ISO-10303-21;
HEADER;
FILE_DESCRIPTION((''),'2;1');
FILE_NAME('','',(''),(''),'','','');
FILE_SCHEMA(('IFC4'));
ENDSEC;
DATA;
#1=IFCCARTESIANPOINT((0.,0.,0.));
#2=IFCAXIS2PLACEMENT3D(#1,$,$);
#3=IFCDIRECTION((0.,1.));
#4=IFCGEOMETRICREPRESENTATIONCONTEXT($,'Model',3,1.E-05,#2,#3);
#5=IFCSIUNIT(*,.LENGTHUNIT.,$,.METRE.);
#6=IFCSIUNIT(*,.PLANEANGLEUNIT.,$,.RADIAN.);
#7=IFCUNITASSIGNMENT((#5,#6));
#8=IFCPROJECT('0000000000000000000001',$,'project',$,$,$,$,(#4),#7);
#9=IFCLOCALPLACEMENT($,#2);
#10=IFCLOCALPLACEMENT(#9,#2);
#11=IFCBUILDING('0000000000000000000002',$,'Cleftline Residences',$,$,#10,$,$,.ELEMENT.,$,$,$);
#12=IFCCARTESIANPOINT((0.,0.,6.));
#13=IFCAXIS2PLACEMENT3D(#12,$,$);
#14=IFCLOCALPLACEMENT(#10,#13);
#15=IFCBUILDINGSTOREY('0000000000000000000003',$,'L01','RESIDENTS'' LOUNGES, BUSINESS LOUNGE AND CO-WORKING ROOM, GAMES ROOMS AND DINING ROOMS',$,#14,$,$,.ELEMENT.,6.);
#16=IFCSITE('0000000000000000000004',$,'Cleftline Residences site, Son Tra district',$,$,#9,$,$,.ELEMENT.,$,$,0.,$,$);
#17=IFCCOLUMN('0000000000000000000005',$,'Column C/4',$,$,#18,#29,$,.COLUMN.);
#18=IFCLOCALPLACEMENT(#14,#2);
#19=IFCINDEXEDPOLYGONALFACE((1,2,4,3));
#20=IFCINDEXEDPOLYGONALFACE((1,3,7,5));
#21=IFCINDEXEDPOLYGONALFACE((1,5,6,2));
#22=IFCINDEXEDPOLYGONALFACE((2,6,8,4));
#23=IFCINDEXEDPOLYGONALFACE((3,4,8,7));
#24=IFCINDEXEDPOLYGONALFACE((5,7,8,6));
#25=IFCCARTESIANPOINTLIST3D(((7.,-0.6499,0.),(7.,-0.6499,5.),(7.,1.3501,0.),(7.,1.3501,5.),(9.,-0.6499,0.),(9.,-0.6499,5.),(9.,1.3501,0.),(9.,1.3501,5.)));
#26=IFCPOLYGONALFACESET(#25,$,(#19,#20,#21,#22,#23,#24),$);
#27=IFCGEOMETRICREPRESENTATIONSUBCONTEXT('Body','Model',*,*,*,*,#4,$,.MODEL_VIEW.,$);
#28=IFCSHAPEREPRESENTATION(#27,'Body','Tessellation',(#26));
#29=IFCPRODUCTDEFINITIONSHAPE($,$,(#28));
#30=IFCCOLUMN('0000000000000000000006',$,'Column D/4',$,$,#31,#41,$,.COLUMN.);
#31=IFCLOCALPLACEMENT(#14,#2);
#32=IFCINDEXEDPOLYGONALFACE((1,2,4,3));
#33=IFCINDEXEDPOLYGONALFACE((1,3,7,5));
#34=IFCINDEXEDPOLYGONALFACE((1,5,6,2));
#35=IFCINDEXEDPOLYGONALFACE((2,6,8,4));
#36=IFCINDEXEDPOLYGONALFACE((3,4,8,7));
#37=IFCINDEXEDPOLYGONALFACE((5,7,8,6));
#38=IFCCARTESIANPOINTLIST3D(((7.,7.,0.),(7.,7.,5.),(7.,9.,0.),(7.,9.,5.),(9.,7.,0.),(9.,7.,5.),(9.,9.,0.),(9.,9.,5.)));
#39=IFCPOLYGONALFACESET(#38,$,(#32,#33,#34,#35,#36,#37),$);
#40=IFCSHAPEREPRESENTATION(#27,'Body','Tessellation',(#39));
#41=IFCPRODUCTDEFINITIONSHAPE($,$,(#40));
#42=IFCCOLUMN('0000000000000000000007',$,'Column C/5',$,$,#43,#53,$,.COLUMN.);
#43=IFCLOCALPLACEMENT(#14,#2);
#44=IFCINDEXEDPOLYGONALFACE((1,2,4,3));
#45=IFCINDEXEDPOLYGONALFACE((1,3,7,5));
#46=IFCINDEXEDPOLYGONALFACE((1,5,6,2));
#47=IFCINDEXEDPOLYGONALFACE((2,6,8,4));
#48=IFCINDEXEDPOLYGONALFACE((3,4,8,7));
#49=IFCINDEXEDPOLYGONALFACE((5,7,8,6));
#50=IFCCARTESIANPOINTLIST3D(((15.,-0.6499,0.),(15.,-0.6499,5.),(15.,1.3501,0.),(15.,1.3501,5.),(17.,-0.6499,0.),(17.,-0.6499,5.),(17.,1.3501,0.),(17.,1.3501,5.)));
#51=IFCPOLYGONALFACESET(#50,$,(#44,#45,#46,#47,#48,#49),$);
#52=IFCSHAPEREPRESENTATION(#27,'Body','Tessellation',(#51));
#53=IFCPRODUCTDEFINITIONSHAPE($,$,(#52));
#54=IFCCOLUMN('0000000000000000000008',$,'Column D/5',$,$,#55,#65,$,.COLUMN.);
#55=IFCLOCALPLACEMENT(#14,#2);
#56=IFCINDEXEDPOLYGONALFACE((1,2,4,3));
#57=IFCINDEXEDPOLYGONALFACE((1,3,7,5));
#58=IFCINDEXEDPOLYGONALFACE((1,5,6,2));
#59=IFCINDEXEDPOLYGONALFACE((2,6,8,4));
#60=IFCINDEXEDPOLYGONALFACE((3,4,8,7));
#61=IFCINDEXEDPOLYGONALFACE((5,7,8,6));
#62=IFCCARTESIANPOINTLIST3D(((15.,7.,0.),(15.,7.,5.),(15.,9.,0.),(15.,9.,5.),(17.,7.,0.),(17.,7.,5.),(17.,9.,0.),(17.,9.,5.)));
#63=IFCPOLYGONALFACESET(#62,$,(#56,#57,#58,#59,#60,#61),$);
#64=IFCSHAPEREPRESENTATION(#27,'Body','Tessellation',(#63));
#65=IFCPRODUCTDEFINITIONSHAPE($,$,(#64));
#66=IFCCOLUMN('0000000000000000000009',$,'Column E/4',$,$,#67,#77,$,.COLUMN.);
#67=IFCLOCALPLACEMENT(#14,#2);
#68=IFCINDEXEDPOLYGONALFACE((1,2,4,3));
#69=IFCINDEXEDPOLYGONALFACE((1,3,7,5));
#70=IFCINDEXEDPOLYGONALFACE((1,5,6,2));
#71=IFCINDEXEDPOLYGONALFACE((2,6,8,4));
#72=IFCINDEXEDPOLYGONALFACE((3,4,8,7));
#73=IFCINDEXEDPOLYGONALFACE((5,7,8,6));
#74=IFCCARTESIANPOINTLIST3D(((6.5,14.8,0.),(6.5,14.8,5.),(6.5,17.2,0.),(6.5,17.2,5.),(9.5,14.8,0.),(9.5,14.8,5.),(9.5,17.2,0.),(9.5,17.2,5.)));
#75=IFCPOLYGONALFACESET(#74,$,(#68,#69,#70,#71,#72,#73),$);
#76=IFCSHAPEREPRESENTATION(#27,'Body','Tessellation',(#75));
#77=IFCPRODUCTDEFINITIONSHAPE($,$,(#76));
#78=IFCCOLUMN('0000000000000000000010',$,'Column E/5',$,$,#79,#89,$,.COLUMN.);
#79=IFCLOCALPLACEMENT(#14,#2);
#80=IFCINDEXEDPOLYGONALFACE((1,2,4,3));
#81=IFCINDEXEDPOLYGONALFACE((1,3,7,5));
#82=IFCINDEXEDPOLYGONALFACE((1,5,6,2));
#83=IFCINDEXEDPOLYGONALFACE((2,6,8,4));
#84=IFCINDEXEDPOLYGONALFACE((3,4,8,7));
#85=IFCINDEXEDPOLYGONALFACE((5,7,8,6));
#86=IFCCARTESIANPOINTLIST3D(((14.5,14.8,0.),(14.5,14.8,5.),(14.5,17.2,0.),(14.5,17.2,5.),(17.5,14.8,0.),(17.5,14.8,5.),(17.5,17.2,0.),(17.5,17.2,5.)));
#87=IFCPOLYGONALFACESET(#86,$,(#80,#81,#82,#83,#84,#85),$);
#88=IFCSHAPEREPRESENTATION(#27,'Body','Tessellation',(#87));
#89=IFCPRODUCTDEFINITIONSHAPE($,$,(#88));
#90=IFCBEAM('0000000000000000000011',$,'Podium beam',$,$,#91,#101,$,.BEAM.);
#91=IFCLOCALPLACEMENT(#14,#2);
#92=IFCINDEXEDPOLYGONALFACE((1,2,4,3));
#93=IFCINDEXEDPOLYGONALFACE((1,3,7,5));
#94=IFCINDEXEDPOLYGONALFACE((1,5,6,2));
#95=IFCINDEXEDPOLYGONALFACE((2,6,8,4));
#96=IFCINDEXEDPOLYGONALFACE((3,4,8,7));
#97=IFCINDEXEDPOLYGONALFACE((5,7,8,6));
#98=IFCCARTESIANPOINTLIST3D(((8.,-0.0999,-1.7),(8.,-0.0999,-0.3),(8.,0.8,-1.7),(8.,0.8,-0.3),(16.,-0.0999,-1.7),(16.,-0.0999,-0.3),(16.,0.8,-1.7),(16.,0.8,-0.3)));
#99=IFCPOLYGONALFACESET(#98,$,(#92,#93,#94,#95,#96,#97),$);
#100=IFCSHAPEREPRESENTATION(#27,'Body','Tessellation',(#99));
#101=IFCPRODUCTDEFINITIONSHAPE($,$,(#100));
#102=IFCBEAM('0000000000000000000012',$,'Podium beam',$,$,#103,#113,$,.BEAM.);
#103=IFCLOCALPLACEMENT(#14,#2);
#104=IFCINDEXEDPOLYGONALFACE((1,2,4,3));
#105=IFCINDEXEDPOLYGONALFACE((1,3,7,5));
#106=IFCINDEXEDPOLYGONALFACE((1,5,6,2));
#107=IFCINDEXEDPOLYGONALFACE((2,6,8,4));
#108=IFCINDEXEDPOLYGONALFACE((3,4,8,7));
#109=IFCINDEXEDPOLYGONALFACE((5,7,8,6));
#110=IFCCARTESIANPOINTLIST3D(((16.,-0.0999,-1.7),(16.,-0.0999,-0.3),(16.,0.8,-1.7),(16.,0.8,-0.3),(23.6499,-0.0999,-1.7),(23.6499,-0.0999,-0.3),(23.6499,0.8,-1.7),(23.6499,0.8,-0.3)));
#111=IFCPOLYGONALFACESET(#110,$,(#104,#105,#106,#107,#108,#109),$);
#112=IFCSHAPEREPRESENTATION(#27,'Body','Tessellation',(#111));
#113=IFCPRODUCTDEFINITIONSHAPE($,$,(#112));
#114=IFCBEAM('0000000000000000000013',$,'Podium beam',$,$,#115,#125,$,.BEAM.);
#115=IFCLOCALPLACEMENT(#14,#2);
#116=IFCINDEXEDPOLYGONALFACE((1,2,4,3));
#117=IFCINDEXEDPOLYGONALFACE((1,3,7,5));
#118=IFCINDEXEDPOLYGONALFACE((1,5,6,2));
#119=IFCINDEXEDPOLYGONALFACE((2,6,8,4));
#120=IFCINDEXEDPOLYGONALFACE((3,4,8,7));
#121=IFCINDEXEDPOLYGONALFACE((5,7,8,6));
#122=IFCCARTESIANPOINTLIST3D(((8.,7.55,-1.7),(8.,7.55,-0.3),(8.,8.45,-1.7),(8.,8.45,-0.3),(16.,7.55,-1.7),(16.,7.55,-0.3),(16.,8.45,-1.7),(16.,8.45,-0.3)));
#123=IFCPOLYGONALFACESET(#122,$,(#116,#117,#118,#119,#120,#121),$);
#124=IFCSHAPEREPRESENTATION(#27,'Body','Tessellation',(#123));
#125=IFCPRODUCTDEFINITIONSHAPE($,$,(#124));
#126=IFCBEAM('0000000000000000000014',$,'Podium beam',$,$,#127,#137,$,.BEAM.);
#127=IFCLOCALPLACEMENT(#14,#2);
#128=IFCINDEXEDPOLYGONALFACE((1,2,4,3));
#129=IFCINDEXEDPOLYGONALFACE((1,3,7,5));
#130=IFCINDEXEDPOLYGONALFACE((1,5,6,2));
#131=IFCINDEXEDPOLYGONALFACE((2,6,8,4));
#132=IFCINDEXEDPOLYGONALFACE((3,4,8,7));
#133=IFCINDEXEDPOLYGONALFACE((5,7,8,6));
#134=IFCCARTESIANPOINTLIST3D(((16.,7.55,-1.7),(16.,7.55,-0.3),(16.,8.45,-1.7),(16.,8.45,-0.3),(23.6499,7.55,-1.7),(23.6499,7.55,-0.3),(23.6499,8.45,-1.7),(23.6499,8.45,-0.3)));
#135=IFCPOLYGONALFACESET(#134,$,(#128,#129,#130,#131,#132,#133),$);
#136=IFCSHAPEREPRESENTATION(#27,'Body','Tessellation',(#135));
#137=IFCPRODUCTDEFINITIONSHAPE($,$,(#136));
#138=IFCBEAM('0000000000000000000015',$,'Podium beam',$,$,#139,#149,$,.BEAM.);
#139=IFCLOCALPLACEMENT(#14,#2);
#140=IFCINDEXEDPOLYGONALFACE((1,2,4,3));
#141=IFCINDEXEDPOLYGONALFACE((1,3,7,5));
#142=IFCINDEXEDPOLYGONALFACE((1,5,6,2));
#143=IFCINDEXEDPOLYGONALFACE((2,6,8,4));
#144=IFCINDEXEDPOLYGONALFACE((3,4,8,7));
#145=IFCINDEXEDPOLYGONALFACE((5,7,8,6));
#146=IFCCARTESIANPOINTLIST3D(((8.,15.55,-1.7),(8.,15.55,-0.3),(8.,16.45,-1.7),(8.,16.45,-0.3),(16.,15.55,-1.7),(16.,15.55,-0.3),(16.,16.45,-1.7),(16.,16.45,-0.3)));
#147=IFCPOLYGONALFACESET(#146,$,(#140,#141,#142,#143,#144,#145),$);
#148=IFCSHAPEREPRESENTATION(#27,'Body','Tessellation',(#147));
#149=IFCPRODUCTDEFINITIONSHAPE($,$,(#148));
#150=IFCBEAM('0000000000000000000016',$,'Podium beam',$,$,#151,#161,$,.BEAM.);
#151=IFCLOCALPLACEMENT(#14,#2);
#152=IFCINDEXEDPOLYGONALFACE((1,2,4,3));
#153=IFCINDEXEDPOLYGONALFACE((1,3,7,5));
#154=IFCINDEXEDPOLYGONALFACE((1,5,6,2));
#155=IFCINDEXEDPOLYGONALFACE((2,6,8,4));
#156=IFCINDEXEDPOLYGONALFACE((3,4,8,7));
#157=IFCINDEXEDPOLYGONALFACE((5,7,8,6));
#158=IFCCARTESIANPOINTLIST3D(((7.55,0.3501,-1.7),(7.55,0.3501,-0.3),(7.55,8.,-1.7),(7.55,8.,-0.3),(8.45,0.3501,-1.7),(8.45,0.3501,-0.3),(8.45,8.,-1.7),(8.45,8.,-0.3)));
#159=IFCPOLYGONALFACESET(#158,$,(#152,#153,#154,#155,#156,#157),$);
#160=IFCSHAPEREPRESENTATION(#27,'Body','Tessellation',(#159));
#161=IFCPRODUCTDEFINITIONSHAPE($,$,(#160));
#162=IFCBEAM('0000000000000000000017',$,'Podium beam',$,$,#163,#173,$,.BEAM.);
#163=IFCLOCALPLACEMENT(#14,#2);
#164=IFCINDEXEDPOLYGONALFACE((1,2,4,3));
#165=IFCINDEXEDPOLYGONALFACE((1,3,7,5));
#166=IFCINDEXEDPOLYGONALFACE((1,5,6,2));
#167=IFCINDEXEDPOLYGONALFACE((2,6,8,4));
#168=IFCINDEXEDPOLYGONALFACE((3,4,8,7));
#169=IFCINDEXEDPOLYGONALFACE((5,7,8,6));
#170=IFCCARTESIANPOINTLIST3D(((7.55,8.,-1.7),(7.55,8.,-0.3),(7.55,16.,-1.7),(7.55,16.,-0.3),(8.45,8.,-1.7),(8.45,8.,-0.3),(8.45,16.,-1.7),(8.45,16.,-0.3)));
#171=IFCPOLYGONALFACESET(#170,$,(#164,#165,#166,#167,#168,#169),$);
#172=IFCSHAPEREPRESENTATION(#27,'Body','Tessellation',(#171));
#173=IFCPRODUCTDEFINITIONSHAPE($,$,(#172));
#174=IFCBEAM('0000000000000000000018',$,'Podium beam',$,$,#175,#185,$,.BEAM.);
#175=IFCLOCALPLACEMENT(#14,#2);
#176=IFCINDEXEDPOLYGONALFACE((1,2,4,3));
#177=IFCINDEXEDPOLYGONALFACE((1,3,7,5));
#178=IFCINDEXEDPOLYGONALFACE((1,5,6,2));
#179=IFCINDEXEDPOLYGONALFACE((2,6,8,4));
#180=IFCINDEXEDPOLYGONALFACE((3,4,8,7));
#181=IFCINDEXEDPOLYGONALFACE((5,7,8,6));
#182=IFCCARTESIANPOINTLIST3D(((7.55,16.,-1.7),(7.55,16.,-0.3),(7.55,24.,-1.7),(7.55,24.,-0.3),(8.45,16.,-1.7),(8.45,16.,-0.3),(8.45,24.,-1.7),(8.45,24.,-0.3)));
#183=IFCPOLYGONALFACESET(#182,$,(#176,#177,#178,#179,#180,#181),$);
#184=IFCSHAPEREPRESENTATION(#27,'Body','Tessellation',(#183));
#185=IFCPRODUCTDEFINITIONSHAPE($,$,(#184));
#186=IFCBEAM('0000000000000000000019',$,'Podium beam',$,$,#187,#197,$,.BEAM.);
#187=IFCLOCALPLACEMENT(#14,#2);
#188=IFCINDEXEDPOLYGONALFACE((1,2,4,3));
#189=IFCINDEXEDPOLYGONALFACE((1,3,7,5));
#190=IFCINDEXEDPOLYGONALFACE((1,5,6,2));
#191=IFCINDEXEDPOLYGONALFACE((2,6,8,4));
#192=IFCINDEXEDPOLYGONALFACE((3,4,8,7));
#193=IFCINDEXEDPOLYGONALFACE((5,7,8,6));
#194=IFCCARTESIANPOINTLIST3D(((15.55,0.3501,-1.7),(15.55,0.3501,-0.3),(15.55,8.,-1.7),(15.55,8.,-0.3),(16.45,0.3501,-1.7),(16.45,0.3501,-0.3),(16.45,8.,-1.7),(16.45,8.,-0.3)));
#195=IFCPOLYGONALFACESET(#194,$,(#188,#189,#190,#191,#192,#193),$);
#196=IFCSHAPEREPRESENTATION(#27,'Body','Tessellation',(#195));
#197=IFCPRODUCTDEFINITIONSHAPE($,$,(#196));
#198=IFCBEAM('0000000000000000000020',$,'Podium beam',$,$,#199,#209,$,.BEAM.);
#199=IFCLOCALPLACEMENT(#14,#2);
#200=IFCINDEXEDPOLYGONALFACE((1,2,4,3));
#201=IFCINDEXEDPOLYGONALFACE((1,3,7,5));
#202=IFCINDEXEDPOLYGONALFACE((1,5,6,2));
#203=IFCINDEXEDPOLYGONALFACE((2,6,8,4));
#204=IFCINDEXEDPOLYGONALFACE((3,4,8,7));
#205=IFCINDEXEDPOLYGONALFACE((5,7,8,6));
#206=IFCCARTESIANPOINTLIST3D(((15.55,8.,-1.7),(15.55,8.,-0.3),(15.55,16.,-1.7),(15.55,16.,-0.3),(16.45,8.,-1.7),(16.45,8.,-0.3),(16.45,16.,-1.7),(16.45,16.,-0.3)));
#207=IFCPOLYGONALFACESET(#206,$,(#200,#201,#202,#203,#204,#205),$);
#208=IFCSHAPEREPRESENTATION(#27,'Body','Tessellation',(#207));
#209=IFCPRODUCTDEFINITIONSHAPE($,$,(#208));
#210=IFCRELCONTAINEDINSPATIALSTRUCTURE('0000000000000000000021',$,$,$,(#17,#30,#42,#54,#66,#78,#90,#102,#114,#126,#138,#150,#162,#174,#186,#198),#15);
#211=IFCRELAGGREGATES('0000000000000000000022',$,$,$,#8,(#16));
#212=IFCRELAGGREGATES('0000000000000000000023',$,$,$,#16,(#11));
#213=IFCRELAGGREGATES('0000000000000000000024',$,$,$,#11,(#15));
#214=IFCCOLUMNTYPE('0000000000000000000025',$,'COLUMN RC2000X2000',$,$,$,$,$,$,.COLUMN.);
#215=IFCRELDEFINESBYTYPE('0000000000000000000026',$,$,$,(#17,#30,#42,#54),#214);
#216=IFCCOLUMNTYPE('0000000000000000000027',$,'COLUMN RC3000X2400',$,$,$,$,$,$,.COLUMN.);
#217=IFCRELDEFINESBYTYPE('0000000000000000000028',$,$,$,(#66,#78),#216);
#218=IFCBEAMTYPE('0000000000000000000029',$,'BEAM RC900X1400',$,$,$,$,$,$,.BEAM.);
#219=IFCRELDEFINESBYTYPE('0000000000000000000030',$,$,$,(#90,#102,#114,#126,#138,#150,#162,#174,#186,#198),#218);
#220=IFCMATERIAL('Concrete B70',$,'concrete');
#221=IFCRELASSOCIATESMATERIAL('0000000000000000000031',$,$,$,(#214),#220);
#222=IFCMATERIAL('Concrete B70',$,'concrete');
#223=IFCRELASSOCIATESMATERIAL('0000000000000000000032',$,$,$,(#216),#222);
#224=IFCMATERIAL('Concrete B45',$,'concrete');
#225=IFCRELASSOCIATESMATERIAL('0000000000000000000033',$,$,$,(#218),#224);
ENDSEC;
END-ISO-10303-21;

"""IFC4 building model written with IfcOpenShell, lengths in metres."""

from ifc_helpers import new_model, si_unit, direction, frame, origin, origin_2d, place, context, subcontext, project, spatial, rectangle, extrude, material, material_profile, profile_set, type_object, element, save


model = new_model("IFC4")

# Units and contexts
model_context = context("Model", 3, precision=1e-05, world=origin(), true_north=direction((0.0, 1.0)))
body_context = subcontext(model_context, "Body", "Model", "MODEL_VIEW")
ifc_project = project(units=[si_unit("LENGTHUNIT", "METRE"), si_unit("PLANEANGLEUNIT", "RADIAN")], contexts=[model_context])

# Site, building, storey
site_placement = place(None, origin())
site = spatial("IfcSite", under=ifc_project, at=site_placement, Name="Cleftline Residences site, Son Tra district", CompositionType="ELEMENT", RefElevation=0.0)
building_placement = place(site_placement, origin())
building = spatial("IfcBuilding", under=site, at=building_placement, Name="Cleftline Residences", CompositionType="ELEMENT")
storey_placement = place(building_placement, frame((0.0, 0.0, 6.0)))
storey = spatial("IfcBuildingStorey", under=building, at=storey_placement, Name="L01", Description="RESIDENTS' LOUNGES, BUSINESS LOUNGE AND CO-WORKING ROOM, GAMES ROOMS AND DINING ROOMS", CompositionType="ELEMENT", Elevation=6.0)

# Columns
ifc_material_1 = material(Name="Concrete B70", Category="concrete")
ifc_material_profile_1 = material_profile(ifc_material_1, rectangle(XDim=2.0, YDim=2.0, at=origin_2d()))
ifc_profile_set_1 = profile_set([ifc_material_profile_1], Name="Concrete B70")
column_type_1 = type_object("IfcColumnType", Name="COLUMN RC2000X2000", PredefinedType="COLUMN", material=ifc_profile_set_1)
for number, where, z_axis, x_axis, name in (
    (1, (8.0, 0.3501, 0.0), (0.0, 0.0, 1.0), (1.0, 0.0, 0.0), "Column C/4"),
    (2, (8.0, 8.0, 0.0), (0.0, 0.0, 1.0), (1.0, 0.0, 0.0), "Column D/4"),
    (3, (16.0, 0.3501, 0.0), (0.0, 0.0, 1.0), (1.0, 0.0, 0.0), "Column C/5"),
    (4, (16.0, 8.0, 0.0), (0.0, 0.0, 1.0), (1.0, 0.0, 0.0), "Column D/5"),
):
    element("IfcColumn", number, at=place(storey_placement, frame(where, z_axis=z_axis, x_axis=x_axis)), inside=storey, type_object=column_type_1, Name=name, PredefinedType="COLUMN", context=body_context, shape_type="SweptSolid", body=[
        extrude(rectangle(XDim=2.0, YDim=2.0, at=origin_2d()), origin(), (0.0, 0.0, 1.0), 5.0),
    ])
ifc_material_2 = material(Name="Concrete B70", Category="concrete")
ifc_material_profile_2 = material_profile(ifc_material_2, rectangle(XDim=3.0, YDim=2.3999, at=origin_2d()))
ifc_profile_set_2 = profile_set([ifc_material_profile_2], Name="Concrete B70")
column_type_2 = type_object("IfcColumnType", Name="COLUMN RC3000X2400", PredefinedType="COLUMN", material=ifc_profile_set_2)
for number, where, z_axis, x_axis, name in (
    (5, (8.0, 16.0, 0.0), (0.0, 0.0, 1.0), (1.0, 0.0, 0.0), "Column E/4"),
    (6, (16.0, 16.0, 0.0), (0.0, 0.0, 1.0), (1.0, 0.0, 0.0), "Column E/5"),
):
    element("IfcColumn", number, at=place(storey_placement, frame(where, z_axis=z_axis, x_axis=x_axis)), inside=storey, type_object=column_type_2, Name=name, PredefinedType="COLUMN", context=body_context, shape_type="SweptSolid", body=[
        extrude(rectangle(XDim=3.0, YDim=2.3999, at=origin_2d()), origin(), (0.0, 0.0, 1.0), 5.0),
    ])

# Beams
ifc_material_3 = material(Name="Concrete B45", Category="concrete")
ifc_material_profile_3 = material_profile(ifc_material_3, rectangle(XDim=0.8999, YDim=1.3999, at=origin_2d()))
ifc_profile_set_3 = profile_set([ifc_material_profile_3], Name="Concrete B45")
beam_type = type_object("IfcBeamType", Name="BEAM RC900X1400", PredefinedType="BEAM", material=ifc_profile_set_3)
beam_1_placement = place(storey_placement, frame((8.0, 0.3501, -1.0), z_axis=(1.0, 0.0, 0.0), x_axis=(0.0, 1.0, 0.0)))
element("IfcBeam", 7, at=beam_1_placement, inside=storey, type_object=beam_type, Name="Podium beam", PredefinedType="BEAM", context=body_context, shape_type="SweptSolid", body=[
    extrude(rectangle(XDim=0.8999, YDim=1.3999, at=origin_2d()), origin(), (0.0, 0.0, 1.0), 8.0),
])
beam_2_placement = place(storey_placement, frame((16.0, 0.3501, -1.0), z_axis=(1.0, 0.0, 0.0), x_axis=(0.0, 1.0, 0.0)))
element("IfcBeam", 8, at=beam_2_placement, inside=storey, type_object=beam_type, Name="Podium beam", PredefinedType="BEAM", context=body_context, shape_type="SweptSolid", body=[
    extrude(rectangle(XDim=0.8999, YDim=1.3999, at=origin_2d()), origin(), (0.0, 0.0, 1.0), 7.6499),
])
beam_3_placement = place(storey_placement, frame((8.0, 8.0, -1.0), z_axis=(1.0, 0.0, 0.0), x_axis=(0.0, 1.0, 0.0)))
element("IfcBeam", 9, at=beam_3_placement, inside=storey, type_object=beam_type, Name="Podium beam", PredefinedType="BEAM", context=body_context, shape_type="SweptSolid", body=[
    extrude(rectangle(XDim=0.8999, YDim=1.3999, at=origin_2d()), origin(), (0.0, 0.0, 1.0), 8.0),
])
beam_4_placement = place(storey_placement, frame((16.0, 8.0, -1.0), z_axis=(1.0, 0.0, 0.0), x_axis=(0.0, 1.0, 0.0)))
element("IfcBeam", 10, at=beam_4_placement, inside=storey, type_object=beam_type, Name="Podium beam", PredefinedType="BEAM", context=body_context, shape_type="SweptSolid", body=[
    extrude(rectangle(XDim=0.8999, YDim=1.3999, at=origin_2d()), origin(), (0.0, 0.0, 1.0), 7.6499),
])
beam_5_placement = place(storey_placement, frame((8.0, 16.0, -1.0), z_axis=(1.0, 0.0, 0.0), x_axis=(0.0, 1.0, 0.0)))
element("IfcBeam", 11, at=beam_5_placement, inside=storey, type_object=beam_type, Name="Podium beam", PredefinedType="BEAM", context=body_context, shape_type="SweptSolid", body=[
    extrude(rectangle(XDim=0.8999, YDim=1.3999, at=origin_2d()), origin(), (0.0, 0.0, 1.0), 8.0),
])
beam_6_placement = place(storey_placement, frame((8.0, 0.3501, -1.0), z_axis=(0.0, 1.0, 0.0), x_axis=(-1.0, 0.0, 0.0)))
element("IfcBeam", 12, at=beam_6_placement, inside=storey, type_object=beam_type, Name="Podium beam", PredefinedType="BEAM", context=body_context, shape_type="SweptSolid", body=[
    extrude(rectangle(XDim=0.8999, YDim=1.3999, at=origin_2d()), origin(), (0.0, 0.0, 1.0), 7.6499),
])
for number, where, z_axis, x_axis, name in (
    (13, (8.0, 8.0, -1.0), (0.0, 1.0, 0.0), (-1.0, 0.0, 0.0), "Podium beam"),
    (14, (8.0, 16.0, -1.0), (0.0, 1.0, 0.0), (-1.0, 0.0, 0.0), "Podium beam"),
):
    element("IfcBeam", number, at=place(storey_placement, frame(where, z_axis=z_axis, x_axis=x_axis)), inside=storey, type_object=beam_type, Name=name, PredefinedType="BEAM", context=body_context, shape_type="SweptSolid", body=[
        extrude(rectangle(XDim=0.8999, YDim=1.3999, at=origin_2d()), origin(), (0.0, 0.0, 1.0), 8.0),
    ])
beam_7_placement = place(storey_placement, frame((16.0, 0.3501, -1.0), z_axis=(0.0, 1.0, 0.0), x_axis=(-1.0, 0.0, 0.0)))
element("IfcBeam", 15, at=beam_7_placement, inside=storey, type_object=beam_type, Name="Podium beam", PredefinedType="BEAM", context=body_context, shape_type="SweptSolid", body=[
    extrude(rectangle(XDim=0.8999, YDim=1.3999, at=origin_2d()), origin(), (0.0, 0.0, 1.0), 7.6499),
])
for number, where, z_axis, x_axis, name in (
    (16, (16.0, 8.0, -1.0), (0.0, 1.0, 0.0), (-1.0, 0.0, 0.0), "Podium beam"),
):
    element("IfcBeam", number, at=place(storey_placement, frame(where, z_axis=z_axis, x_axis=x_axis)), inside=storey, type_object=beam_type, Name=name, PredefinedType="BEAM", context=body_context, shape_type="SweptSolid", body=[
        extrude(rectangle(XDim=0.8999, YDim=1.3999, at=origin_2d()), origin(), (0.0, 0.0, 1.0), 8.0),
    ])

save(model, "model.ifc")
